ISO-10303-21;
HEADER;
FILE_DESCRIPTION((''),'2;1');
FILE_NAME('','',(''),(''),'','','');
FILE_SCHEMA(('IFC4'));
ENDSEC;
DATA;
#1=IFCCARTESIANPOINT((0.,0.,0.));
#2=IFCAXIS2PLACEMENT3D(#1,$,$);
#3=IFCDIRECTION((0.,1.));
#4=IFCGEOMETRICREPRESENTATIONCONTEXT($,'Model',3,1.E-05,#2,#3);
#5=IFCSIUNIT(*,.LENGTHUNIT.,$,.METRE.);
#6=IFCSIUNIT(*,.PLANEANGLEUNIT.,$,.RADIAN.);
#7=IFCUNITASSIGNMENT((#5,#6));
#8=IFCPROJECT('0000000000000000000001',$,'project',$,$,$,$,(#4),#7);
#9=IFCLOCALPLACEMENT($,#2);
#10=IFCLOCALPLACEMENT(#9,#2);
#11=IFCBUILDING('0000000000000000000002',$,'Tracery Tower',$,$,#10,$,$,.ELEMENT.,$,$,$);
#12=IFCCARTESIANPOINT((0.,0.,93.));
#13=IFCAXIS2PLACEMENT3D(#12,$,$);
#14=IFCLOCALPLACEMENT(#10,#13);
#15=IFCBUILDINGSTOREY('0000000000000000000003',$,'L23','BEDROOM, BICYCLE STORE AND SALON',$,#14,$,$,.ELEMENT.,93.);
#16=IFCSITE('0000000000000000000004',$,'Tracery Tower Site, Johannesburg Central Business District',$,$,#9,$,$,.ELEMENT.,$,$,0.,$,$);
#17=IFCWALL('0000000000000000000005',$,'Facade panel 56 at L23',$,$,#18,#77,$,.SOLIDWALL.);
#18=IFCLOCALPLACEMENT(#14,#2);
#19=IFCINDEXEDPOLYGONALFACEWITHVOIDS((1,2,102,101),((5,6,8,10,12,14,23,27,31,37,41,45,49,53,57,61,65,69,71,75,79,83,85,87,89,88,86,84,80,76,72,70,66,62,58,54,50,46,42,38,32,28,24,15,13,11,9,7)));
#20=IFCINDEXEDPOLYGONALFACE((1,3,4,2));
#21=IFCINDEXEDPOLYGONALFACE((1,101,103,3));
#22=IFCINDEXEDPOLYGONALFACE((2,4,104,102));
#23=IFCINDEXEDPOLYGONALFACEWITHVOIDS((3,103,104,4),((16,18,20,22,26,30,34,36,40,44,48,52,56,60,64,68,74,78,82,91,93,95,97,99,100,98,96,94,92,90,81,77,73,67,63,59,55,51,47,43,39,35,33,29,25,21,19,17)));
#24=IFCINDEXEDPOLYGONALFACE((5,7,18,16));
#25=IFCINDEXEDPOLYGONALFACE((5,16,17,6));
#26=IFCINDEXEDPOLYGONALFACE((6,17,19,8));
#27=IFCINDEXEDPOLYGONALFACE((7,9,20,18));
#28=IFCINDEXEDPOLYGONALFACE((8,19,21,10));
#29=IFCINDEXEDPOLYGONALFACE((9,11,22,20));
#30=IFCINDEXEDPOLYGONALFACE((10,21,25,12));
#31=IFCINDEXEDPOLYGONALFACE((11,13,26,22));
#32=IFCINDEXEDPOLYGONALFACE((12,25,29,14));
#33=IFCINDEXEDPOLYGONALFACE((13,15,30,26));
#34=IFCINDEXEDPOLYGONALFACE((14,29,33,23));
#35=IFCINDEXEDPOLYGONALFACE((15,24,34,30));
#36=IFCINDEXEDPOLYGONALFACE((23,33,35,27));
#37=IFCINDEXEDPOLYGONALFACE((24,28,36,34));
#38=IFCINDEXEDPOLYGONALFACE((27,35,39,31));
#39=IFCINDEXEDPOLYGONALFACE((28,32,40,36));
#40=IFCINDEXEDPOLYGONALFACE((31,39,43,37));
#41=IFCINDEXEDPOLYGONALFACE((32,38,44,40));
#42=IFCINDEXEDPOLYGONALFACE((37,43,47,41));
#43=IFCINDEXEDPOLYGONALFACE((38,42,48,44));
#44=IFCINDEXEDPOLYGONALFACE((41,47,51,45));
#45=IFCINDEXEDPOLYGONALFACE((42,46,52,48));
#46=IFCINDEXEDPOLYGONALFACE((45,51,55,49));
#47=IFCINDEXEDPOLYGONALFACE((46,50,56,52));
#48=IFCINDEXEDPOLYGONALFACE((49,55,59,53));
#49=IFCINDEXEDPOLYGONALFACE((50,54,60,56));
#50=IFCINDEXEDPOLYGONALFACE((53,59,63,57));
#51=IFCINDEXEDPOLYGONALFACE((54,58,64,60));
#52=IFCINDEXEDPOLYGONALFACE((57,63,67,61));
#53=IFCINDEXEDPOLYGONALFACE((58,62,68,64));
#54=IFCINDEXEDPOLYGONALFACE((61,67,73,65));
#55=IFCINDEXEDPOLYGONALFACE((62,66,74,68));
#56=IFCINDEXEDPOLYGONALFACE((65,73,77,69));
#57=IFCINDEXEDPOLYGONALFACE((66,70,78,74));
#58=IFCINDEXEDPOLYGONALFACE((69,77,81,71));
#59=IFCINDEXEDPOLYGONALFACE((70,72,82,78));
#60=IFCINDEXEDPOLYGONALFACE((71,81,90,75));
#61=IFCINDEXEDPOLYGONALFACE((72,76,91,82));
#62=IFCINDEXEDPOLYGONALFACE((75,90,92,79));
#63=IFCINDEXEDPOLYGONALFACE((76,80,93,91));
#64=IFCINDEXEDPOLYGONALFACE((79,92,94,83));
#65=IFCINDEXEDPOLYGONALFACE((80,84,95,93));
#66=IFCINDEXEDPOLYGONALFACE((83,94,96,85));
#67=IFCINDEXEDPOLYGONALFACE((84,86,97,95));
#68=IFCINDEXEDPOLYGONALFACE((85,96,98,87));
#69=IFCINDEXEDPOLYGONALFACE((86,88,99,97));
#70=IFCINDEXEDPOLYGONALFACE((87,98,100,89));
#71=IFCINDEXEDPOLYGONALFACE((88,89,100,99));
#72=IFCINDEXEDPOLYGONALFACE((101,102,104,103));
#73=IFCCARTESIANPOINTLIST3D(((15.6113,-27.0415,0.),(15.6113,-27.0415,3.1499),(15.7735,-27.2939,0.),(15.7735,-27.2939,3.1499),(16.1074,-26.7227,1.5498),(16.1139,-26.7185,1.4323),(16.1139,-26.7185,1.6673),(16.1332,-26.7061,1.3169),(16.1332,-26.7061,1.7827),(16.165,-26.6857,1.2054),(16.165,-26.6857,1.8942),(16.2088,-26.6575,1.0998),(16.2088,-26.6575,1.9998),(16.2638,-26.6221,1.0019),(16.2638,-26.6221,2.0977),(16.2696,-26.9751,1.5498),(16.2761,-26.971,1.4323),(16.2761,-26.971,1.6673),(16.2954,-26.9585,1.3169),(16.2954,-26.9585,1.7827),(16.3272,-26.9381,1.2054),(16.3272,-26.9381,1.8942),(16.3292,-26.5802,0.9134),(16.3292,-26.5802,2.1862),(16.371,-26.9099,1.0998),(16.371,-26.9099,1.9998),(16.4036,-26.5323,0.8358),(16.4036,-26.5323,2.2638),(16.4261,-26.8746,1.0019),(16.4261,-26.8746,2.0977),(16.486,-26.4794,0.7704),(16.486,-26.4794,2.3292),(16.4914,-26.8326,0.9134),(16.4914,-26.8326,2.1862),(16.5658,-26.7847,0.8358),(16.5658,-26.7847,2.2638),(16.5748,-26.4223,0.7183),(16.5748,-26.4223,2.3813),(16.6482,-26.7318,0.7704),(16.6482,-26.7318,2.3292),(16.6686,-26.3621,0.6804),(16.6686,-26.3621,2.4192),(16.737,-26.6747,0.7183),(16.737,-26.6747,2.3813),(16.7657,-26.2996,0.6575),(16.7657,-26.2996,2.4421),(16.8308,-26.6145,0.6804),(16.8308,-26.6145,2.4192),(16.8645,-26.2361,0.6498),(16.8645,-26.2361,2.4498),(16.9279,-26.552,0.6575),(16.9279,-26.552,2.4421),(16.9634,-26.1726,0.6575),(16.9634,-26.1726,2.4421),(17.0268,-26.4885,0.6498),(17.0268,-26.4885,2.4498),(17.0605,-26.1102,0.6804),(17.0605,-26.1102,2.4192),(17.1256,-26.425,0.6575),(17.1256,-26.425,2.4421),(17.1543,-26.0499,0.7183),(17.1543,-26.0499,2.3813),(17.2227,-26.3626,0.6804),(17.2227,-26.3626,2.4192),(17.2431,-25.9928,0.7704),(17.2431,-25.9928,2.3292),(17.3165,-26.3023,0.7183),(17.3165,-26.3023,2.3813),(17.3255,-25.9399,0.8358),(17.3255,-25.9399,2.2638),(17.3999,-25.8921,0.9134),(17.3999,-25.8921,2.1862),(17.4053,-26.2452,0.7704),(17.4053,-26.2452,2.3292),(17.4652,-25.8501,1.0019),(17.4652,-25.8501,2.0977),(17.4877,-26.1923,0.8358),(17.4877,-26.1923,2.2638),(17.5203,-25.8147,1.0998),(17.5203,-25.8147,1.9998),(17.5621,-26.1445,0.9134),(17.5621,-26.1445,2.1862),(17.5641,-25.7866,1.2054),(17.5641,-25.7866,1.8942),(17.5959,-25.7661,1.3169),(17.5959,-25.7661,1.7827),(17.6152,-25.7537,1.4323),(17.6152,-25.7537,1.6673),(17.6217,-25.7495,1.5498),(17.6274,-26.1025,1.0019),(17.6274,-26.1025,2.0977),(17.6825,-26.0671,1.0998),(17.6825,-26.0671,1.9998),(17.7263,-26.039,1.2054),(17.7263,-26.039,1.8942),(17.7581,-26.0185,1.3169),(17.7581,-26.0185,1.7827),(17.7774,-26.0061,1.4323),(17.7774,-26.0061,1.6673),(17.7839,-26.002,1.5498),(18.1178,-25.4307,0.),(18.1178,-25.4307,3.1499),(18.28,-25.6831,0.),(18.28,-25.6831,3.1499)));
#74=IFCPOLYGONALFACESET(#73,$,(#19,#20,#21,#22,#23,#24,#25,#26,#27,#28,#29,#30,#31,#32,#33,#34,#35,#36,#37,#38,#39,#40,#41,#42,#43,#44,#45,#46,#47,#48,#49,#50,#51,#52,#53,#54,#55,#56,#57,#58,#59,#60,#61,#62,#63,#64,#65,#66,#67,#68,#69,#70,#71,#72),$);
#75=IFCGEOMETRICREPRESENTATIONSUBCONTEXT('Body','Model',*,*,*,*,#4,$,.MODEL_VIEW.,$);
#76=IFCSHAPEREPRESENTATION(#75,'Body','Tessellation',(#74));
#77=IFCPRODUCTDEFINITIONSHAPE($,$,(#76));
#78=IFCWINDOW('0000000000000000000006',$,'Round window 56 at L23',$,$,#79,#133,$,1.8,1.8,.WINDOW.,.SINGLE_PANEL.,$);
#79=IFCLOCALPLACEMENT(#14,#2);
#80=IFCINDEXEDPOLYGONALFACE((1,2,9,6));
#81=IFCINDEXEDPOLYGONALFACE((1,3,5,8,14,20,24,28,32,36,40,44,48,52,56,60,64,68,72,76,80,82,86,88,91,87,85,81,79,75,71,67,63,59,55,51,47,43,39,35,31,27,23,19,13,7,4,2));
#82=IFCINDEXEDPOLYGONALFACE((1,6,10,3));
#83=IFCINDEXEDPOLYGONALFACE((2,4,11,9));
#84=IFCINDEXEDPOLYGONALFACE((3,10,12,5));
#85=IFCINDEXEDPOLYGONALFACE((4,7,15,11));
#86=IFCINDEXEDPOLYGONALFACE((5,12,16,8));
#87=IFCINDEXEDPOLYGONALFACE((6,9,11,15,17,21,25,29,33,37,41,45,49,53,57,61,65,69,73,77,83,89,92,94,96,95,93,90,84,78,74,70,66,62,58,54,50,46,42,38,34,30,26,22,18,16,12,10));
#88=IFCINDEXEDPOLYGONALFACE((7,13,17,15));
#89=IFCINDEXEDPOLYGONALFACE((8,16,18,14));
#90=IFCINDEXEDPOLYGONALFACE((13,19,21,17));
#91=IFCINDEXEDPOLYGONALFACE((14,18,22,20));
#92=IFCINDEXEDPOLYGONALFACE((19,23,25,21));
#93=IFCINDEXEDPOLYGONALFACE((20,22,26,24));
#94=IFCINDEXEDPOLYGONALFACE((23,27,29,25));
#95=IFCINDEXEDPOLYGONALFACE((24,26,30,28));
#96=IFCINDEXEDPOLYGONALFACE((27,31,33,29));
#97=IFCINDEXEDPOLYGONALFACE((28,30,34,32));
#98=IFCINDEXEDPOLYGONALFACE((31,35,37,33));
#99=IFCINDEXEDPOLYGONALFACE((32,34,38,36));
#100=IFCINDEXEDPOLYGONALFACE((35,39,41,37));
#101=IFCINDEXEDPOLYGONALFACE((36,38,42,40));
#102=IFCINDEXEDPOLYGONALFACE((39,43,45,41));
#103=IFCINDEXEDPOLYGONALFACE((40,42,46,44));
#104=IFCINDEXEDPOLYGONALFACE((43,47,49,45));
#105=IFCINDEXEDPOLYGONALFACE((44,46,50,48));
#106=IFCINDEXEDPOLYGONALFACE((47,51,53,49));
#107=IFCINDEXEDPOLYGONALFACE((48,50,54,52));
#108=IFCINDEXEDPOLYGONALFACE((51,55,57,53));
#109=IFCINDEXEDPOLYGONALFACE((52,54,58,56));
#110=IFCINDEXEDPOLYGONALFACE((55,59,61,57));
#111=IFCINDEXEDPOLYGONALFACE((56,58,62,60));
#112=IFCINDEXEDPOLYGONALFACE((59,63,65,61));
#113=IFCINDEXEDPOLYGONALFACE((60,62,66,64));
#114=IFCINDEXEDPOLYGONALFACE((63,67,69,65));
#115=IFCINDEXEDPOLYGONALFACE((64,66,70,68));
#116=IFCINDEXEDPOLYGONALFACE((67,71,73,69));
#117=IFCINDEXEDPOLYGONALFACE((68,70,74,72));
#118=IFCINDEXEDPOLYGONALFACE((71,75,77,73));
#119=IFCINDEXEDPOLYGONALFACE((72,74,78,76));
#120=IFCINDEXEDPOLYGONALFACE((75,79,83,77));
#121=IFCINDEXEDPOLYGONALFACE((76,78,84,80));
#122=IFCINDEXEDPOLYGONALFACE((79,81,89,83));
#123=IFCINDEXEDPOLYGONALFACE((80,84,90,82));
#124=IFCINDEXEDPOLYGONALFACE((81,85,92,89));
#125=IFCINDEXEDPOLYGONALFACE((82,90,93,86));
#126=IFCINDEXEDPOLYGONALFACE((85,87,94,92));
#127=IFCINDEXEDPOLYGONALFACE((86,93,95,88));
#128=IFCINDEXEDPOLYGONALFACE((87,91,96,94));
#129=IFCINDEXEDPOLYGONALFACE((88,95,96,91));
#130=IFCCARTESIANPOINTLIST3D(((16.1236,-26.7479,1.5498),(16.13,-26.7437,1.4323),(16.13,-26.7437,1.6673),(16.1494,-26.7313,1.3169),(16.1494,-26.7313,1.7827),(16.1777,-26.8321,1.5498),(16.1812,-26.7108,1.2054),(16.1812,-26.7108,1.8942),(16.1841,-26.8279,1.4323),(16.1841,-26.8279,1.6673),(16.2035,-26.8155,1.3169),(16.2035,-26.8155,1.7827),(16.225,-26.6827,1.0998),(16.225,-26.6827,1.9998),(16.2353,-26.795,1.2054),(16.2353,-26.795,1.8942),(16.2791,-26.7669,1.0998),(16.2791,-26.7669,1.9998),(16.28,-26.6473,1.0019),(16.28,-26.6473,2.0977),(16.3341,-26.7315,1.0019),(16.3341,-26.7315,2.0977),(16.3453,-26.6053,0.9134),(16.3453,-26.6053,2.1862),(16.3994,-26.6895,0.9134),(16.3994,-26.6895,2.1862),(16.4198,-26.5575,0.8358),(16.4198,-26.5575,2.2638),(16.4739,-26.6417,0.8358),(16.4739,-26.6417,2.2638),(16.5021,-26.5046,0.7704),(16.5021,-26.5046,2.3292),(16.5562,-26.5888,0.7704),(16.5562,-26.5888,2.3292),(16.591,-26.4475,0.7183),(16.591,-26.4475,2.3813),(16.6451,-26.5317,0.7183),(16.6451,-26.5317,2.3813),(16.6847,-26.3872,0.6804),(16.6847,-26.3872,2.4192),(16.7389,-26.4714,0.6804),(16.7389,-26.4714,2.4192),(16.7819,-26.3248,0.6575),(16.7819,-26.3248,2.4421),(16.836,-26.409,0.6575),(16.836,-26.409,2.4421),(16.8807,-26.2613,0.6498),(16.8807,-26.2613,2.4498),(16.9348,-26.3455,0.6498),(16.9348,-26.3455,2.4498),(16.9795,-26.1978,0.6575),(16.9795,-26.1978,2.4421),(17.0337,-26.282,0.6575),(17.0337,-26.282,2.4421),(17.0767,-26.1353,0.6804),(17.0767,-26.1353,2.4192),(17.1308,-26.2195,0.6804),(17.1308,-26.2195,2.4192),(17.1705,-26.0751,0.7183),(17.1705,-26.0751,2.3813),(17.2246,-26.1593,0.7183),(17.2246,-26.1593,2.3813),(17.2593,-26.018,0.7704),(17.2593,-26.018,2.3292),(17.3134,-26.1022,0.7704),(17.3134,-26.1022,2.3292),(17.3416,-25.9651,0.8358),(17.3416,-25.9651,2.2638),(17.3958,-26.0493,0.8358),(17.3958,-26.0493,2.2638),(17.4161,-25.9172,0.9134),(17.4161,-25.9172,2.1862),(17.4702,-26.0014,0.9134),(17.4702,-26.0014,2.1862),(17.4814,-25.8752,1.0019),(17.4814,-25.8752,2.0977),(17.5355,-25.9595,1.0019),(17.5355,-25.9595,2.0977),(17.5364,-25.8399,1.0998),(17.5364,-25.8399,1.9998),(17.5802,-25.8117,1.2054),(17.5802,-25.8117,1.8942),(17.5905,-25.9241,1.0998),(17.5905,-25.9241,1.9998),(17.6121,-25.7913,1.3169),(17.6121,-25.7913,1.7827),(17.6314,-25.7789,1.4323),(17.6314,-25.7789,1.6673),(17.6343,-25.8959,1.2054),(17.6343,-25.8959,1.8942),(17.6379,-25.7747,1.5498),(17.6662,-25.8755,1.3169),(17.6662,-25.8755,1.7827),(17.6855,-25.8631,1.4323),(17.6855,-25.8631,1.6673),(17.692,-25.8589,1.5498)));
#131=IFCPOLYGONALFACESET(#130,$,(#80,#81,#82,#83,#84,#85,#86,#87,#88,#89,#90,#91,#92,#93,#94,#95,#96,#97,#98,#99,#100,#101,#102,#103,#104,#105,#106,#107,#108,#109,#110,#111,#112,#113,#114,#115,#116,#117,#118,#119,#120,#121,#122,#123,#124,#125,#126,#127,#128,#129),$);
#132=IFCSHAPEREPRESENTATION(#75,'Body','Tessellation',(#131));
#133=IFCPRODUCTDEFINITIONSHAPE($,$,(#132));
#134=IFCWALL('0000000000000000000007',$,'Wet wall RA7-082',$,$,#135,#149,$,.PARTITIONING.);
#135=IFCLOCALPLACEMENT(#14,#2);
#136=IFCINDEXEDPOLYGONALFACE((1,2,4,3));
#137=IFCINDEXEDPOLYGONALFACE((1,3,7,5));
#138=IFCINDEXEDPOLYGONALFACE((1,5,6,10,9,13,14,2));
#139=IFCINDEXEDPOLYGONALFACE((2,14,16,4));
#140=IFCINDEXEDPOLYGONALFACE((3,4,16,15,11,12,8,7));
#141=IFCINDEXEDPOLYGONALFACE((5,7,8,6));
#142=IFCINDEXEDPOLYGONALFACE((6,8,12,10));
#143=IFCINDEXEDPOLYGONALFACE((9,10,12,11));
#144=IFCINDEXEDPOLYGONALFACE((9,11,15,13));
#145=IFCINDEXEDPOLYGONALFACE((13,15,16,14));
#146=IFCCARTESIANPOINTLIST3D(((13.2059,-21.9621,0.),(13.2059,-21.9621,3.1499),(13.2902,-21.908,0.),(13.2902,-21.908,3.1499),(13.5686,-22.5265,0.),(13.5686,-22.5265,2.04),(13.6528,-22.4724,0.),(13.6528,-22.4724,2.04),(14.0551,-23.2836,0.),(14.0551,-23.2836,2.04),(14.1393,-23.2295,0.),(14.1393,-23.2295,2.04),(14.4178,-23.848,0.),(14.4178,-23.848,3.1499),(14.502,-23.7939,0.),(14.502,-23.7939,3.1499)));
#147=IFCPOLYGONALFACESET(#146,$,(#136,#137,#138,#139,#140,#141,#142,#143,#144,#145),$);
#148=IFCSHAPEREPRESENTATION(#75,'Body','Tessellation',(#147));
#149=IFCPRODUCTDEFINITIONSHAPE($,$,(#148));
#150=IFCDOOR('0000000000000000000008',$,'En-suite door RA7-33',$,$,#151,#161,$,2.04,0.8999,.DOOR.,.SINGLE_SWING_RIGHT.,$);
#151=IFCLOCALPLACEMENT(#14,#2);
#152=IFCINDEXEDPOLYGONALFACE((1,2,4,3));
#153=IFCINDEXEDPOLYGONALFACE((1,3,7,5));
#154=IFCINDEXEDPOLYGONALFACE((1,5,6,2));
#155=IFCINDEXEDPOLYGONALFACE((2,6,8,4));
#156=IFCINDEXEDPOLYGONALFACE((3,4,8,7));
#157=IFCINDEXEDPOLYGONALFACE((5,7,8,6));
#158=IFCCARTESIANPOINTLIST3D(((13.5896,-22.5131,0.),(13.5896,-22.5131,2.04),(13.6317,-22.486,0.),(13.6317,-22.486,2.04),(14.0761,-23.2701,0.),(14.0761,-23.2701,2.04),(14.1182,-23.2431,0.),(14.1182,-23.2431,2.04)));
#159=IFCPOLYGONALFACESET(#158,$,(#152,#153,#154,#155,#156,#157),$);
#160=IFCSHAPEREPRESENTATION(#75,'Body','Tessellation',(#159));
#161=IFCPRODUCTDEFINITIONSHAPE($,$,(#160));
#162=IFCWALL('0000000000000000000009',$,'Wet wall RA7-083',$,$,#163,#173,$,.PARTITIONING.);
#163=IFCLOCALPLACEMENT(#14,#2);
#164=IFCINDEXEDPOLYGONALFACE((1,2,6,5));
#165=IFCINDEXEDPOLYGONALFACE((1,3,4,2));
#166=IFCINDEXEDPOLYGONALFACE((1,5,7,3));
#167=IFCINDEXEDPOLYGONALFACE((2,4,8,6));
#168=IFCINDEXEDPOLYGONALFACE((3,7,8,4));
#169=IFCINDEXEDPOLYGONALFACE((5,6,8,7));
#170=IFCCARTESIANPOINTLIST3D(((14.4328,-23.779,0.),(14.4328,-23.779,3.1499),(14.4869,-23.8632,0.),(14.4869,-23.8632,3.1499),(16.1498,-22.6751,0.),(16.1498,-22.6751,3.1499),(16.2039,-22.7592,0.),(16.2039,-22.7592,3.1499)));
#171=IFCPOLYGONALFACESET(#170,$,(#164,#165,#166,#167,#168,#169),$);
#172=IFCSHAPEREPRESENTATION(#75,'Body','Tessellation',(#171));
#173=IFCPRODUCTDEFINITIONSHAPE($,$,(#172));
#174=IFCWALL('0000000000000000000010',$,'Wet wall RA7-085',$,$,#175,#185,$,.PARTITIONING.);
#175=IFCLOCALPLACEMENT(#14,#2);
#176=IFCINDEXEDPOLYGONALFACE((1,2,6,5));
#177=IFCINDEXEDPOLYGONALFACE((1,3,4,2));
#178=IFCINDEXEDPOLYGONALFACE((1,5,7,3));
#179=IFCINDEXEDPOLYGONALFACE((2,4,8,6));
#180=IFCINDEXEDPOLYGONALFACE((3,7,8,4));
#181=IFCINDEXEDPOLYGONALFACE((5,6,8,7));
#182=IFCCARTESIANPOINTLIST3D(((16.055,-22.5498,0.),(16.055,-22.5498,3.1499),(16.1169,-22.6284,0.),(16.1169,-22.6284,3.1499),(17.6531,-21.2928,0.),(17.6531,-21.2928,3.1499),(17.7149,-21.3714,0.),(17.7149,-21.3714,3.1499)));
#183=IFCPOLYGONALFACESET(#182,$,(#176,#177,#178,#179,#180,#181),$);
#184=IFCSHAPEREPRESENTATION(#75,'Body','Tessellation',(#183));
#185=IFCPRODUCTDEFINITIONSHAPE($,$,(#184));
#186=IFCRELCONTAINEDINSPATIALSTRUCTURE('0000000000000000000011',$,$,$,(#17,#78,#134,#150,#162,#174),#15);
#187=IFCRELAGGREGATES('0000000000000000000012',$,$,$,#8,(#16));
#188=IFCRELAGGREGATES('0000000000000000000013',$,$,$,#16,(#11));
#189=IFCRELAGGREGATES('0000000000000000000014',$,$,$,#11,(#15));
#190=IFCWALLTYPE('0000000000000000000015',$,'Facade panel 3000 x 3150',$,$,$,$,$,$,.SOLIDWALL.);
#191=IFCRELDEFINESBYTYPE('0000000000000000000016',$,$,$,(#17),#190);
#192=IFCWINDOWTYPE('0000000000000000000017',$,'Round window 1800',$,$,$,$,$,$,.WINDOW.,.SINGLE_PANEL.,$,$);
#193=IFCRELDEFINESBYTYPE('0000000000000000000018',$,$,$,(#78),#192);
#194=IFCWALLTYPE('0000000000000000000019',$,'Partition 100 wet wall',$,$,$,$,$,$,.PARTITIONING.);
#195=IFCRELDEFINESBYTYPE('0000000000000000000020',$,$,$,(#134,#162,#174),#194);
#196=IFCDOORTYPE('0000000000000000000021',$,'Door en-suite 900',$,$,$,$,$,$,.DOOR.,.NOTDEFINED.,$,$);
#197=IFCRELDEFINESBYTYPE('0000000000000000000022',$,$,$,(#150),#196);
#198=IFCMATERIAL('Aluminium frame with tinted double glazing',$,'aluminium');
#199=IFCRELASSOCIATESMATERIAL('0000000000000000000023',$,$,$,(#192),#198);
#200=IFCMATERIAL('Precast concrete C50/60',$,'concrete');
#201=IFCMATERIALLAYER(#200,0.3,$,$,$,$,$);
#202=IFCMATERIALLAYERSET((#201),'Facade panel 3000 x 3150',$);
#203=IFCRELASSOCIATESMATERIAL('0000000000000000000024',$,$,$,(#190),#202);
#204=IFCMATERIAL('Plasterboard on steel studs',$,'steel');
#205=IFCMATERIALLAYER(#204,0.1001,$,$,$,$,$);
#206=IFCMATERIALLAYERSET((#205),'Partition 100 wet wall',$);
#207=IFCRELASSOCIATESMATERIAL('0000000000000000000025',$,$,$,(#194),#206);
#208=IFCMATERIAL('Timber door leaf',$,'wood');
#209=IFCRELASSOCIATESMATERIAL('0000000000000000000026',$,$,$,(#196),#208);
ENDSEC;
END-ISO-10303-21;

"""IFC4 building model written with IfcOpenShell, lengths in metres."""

from ifc_helpers import new_model, si_unit, direction, frame, frame_2d, origin, origin_2d, place, context, subcontext, project, spatial, rectangle, circle, extrude, material, layer, layer_set, type_object, element, fill, save


model = new_model("IFC4")

# Units and contexts
model_context = context("Model", 3, precision=1e-05, world=origin(), true_north=direction((0.0, 1.0)))
body_context = subcontext(model_context, "Body", "Model", "MODEL_VIEW")
ifc_project = project(units=[si_unit("LENGTHUNIT", "METRE"), si_unit("PLANEANGLEUNIT", "RADIAN")], contexts=[model_context])

# Site, building, storey
site_placement = place(None, origin())
site = spatial("IfcSite", under=ifc_project, at=site_placement, Name="Tracery Tower Site, Johannesburg Central Business District", CompositionType="ELEMENT", RefElevation=0.0)
building_placement = place(site_placement, origin())
building = spatial("IfcBuilding", under=site, at=building_placement, Name="Tracery Tower", CompositionType="ELEMENT")
storey_placement = place(building_placement, frame((0.0, 0.0, 93.0)))
storey = spatial("IfcBuildingStorey", under=building, at=storey_placement, Name="L23", Description="BEDROOM, BICYCLE STORE AND SALON", CompositionType="ELEMENT", Elevation=93.0)

# Wall, opening, window
ifc_material_1 = material(Name="Aluminium frame with tinted double glazing", Category="aluminium")
window_type = type_object("IfcWindowType", Name="Round window 1800", PartitioningType="SINGLE_PANEL", PredefinedType="WINDOW", material=ifc_material_1)
ifc_material_2 = material(Name="Precast concrete C50/60", Category="concrete")
ifc_layer_1 = layer(ifc_material_2, 0.3)
ifc_layer_set_1 = layer_set([ifc_layer_1], Name="Facade panel 3000 x 3150")
wall_type_1 = type_object("IfcWallType", Name="Facade panel 3000 x 3150", PredefinedType="SOLIDWALL", material=ifc_layer_set_1)
wall_1_placement = place(storey_placement, frame((15.6924, -27.1677, 0.0), z_axis=(0.0, 0.0, 1.0), x_axis=(0.841261, 0.540629, 0.0)))
wall_1 = element("IfcWall", 1, at=wall_1_placement, inside=storey, type_object=wall_type_1, Name="Facade panel 56 at L23", PredefinedType="SOLIDWALL", context=body_context, shape_type="SweptSolid", body=[
    extrude(rectangle(XDim=2.9795, YDim=0.3, at=frame_2d((1.4897, 0.0))), origin(), (0.0, 0.0, 1.0), 3.1499),
])
opening_1_placement = place(wall_1_placement, frame((1.4897, 0.0, 1.5498)))
opening_1 = element("IfcOpeningElement", 2, at=opening_1_placement, cuts=wall_1, PredefinedType="OPENING", context=body_context, shape_type="SweptSolid", body=[
    extrude(circle(Radius=0.9, at=origin_2d()), frame((0.0, 0.1599, 0.0), z_axis=(0.0, -1.0, 0.0), x_axis=(1.0, 0.0, 0.0)), (0.0, 0.0, 1.0), 0.3201),
])
window_1_placement = place(opening_1_placement, origin())
window_1 = element("IfcWindow", 3, at=window_1_placement, inside=storey, type_object=window_type, Name="Round window 56 at L23", OverallHeight=1.8, OverallWidth=1.8, PartitioningType="SINGLE_PANEL", PredefinedType="WINDOW", context=body_context, shape_type="SweptSolid", body=[
    extrude(circle(Radius=0.9, at=origin_2d()), frame((0.0, 0.1201, 0.0), z_axis=(0.0, -1.0, 0.0), x_axis=(1.0, 0.0, 0.0)), (0.0, 0.0, 1.0), 0.1001),
])
fill(opening_1, window_1)

# Wall, opening, door
ifc_material_3 = material(Name="Plasterboard on steel studs", Category="steel")
ifc_layer_2 = layer(ifc_material_3, 0.1001)
ifc_layer_set_2 = layer_set([ifc_layer_2], Name="Partition 100 wet wall")
wall_type_2 = type_object("IfcWallType", Name="Partition 100 wet wall", PredefinedType="PARTITIONING", material=ifc_layer_set_2)
wall_2_placement = place(storey_placement, frame((13.248, -21.9351, 0.0), z_axis=(0.0, 0.0, 1.0), x_axis=(0.540598, -0.841281, 0.0)))
wall_2 = element("IfcWall", 4, at=wall_2_placement, inside=storey, type_object=wall_type_2, Name="Wet wall RA7-082", PredefinedType="PARTITIONING", context=body_context, shape_type="SweptSolid", body=[
    extrude(rectangle(XDim=2.2417, YDim=0.1001, at=frame_2d((1.1208, 0.0))), origin(), (0.0, 0.0, 1.0), 3.1499),
])
opening_2_placement = place(wall_2_placement, frame((0.6709, 0.0, 0.0)))
opening_2 = element("IfcOpeningElement", 5, at=opening_2_placement, cuts=wall_2, PredefinedType="OPENING", context=body_context, shape_type="SweptSolid", body=[
    extrude(rectangle(XDim=0.8999, YDim=2.04, at=frame_2d((0.45, 1.02))), frame((0.0, 0.05, 0.0), z_axis=(0.0, -1.0, 0.0), x_axis=(1.0, 0.0, 0.0)), (0.0, 0.0, 1.0), 0.1001),
])
ifc_material_4 = material(Name="Timber door leaf", Category="wood")
door_type_1 = type_object("IfcDoorType", Name="Door en-suite 900", OperationType="NOTDEFINED", PredefinedType="DOOR", material=ifc_material_4)
door_1_placement = place(opening_2_placement, origin())
door_1 = element("IfcDoor", 6, at=door_1_placement, inside=storey, type_object=door_type_1, Name="En-suite door RA7-33", OperationType="SINGLE_SWING_RIGHT", OverallHeight=2.04, OverallWidth=0.8999, PredefinedType="DOOR", context=body_context, shape_type="SweptSolid", body=[
    extrude(rectangle(XDim=0.8999, YDim=2.04, at=frame_2d((0.45, 1.02))), frame((0.0, 0.0249, 0.0), z_axis=(0.0, -1.0, 0.0), x_axis=(1.0, 0.0, 0.0)), (0.0, 0.0, 1.0), 0.05),
])
fill(opening_2, door_1)

# Walls
wall_3_placement = place(storey_placement, frame((14.46, -23.821, 0.0), z_axis=(0.0, 0.0, 1.0), x_axis=(0.841136, 0.540824, 0.0)))
element("IfcWall", 7, at=wall_3_placement, inside=storey, type_object=wall_type_2, Name="Wet wall RA7-083", PredefinedType="PARTITIONING", context=body_context, shape_type="SweptSolid", body=[
    extrude(rectangle(XDim=2.0413, YDim=0.1001, at=frame_2d((1.0205, 0.0))), origin(), (0.0, 0.0, 1.0), 3.1499),
])
wall_4_placement = place(storey_placement, frame((16.0859, -22.5891, 0.0), z_axis=(0.0, 0.0, 1.0), x_axis=(0.785985, 0.618246, 0.0)))
element("IfcWall", 8, at=wall_4_placement, inside=storey, type_object=wall_type_2, Name="Wet wall RA7-085", PredefinedType="PARTITIONING", context=body_context, shape_type="SweptSolid", body=[
    extrude(rectangle(XDim=2.0332, YDim=0.1001, at=frame_2d((1.0166, 0.0))), origin(), (0.0, 0.0, 1.0), 3.1499),
])

save(model, "model.ifc")
